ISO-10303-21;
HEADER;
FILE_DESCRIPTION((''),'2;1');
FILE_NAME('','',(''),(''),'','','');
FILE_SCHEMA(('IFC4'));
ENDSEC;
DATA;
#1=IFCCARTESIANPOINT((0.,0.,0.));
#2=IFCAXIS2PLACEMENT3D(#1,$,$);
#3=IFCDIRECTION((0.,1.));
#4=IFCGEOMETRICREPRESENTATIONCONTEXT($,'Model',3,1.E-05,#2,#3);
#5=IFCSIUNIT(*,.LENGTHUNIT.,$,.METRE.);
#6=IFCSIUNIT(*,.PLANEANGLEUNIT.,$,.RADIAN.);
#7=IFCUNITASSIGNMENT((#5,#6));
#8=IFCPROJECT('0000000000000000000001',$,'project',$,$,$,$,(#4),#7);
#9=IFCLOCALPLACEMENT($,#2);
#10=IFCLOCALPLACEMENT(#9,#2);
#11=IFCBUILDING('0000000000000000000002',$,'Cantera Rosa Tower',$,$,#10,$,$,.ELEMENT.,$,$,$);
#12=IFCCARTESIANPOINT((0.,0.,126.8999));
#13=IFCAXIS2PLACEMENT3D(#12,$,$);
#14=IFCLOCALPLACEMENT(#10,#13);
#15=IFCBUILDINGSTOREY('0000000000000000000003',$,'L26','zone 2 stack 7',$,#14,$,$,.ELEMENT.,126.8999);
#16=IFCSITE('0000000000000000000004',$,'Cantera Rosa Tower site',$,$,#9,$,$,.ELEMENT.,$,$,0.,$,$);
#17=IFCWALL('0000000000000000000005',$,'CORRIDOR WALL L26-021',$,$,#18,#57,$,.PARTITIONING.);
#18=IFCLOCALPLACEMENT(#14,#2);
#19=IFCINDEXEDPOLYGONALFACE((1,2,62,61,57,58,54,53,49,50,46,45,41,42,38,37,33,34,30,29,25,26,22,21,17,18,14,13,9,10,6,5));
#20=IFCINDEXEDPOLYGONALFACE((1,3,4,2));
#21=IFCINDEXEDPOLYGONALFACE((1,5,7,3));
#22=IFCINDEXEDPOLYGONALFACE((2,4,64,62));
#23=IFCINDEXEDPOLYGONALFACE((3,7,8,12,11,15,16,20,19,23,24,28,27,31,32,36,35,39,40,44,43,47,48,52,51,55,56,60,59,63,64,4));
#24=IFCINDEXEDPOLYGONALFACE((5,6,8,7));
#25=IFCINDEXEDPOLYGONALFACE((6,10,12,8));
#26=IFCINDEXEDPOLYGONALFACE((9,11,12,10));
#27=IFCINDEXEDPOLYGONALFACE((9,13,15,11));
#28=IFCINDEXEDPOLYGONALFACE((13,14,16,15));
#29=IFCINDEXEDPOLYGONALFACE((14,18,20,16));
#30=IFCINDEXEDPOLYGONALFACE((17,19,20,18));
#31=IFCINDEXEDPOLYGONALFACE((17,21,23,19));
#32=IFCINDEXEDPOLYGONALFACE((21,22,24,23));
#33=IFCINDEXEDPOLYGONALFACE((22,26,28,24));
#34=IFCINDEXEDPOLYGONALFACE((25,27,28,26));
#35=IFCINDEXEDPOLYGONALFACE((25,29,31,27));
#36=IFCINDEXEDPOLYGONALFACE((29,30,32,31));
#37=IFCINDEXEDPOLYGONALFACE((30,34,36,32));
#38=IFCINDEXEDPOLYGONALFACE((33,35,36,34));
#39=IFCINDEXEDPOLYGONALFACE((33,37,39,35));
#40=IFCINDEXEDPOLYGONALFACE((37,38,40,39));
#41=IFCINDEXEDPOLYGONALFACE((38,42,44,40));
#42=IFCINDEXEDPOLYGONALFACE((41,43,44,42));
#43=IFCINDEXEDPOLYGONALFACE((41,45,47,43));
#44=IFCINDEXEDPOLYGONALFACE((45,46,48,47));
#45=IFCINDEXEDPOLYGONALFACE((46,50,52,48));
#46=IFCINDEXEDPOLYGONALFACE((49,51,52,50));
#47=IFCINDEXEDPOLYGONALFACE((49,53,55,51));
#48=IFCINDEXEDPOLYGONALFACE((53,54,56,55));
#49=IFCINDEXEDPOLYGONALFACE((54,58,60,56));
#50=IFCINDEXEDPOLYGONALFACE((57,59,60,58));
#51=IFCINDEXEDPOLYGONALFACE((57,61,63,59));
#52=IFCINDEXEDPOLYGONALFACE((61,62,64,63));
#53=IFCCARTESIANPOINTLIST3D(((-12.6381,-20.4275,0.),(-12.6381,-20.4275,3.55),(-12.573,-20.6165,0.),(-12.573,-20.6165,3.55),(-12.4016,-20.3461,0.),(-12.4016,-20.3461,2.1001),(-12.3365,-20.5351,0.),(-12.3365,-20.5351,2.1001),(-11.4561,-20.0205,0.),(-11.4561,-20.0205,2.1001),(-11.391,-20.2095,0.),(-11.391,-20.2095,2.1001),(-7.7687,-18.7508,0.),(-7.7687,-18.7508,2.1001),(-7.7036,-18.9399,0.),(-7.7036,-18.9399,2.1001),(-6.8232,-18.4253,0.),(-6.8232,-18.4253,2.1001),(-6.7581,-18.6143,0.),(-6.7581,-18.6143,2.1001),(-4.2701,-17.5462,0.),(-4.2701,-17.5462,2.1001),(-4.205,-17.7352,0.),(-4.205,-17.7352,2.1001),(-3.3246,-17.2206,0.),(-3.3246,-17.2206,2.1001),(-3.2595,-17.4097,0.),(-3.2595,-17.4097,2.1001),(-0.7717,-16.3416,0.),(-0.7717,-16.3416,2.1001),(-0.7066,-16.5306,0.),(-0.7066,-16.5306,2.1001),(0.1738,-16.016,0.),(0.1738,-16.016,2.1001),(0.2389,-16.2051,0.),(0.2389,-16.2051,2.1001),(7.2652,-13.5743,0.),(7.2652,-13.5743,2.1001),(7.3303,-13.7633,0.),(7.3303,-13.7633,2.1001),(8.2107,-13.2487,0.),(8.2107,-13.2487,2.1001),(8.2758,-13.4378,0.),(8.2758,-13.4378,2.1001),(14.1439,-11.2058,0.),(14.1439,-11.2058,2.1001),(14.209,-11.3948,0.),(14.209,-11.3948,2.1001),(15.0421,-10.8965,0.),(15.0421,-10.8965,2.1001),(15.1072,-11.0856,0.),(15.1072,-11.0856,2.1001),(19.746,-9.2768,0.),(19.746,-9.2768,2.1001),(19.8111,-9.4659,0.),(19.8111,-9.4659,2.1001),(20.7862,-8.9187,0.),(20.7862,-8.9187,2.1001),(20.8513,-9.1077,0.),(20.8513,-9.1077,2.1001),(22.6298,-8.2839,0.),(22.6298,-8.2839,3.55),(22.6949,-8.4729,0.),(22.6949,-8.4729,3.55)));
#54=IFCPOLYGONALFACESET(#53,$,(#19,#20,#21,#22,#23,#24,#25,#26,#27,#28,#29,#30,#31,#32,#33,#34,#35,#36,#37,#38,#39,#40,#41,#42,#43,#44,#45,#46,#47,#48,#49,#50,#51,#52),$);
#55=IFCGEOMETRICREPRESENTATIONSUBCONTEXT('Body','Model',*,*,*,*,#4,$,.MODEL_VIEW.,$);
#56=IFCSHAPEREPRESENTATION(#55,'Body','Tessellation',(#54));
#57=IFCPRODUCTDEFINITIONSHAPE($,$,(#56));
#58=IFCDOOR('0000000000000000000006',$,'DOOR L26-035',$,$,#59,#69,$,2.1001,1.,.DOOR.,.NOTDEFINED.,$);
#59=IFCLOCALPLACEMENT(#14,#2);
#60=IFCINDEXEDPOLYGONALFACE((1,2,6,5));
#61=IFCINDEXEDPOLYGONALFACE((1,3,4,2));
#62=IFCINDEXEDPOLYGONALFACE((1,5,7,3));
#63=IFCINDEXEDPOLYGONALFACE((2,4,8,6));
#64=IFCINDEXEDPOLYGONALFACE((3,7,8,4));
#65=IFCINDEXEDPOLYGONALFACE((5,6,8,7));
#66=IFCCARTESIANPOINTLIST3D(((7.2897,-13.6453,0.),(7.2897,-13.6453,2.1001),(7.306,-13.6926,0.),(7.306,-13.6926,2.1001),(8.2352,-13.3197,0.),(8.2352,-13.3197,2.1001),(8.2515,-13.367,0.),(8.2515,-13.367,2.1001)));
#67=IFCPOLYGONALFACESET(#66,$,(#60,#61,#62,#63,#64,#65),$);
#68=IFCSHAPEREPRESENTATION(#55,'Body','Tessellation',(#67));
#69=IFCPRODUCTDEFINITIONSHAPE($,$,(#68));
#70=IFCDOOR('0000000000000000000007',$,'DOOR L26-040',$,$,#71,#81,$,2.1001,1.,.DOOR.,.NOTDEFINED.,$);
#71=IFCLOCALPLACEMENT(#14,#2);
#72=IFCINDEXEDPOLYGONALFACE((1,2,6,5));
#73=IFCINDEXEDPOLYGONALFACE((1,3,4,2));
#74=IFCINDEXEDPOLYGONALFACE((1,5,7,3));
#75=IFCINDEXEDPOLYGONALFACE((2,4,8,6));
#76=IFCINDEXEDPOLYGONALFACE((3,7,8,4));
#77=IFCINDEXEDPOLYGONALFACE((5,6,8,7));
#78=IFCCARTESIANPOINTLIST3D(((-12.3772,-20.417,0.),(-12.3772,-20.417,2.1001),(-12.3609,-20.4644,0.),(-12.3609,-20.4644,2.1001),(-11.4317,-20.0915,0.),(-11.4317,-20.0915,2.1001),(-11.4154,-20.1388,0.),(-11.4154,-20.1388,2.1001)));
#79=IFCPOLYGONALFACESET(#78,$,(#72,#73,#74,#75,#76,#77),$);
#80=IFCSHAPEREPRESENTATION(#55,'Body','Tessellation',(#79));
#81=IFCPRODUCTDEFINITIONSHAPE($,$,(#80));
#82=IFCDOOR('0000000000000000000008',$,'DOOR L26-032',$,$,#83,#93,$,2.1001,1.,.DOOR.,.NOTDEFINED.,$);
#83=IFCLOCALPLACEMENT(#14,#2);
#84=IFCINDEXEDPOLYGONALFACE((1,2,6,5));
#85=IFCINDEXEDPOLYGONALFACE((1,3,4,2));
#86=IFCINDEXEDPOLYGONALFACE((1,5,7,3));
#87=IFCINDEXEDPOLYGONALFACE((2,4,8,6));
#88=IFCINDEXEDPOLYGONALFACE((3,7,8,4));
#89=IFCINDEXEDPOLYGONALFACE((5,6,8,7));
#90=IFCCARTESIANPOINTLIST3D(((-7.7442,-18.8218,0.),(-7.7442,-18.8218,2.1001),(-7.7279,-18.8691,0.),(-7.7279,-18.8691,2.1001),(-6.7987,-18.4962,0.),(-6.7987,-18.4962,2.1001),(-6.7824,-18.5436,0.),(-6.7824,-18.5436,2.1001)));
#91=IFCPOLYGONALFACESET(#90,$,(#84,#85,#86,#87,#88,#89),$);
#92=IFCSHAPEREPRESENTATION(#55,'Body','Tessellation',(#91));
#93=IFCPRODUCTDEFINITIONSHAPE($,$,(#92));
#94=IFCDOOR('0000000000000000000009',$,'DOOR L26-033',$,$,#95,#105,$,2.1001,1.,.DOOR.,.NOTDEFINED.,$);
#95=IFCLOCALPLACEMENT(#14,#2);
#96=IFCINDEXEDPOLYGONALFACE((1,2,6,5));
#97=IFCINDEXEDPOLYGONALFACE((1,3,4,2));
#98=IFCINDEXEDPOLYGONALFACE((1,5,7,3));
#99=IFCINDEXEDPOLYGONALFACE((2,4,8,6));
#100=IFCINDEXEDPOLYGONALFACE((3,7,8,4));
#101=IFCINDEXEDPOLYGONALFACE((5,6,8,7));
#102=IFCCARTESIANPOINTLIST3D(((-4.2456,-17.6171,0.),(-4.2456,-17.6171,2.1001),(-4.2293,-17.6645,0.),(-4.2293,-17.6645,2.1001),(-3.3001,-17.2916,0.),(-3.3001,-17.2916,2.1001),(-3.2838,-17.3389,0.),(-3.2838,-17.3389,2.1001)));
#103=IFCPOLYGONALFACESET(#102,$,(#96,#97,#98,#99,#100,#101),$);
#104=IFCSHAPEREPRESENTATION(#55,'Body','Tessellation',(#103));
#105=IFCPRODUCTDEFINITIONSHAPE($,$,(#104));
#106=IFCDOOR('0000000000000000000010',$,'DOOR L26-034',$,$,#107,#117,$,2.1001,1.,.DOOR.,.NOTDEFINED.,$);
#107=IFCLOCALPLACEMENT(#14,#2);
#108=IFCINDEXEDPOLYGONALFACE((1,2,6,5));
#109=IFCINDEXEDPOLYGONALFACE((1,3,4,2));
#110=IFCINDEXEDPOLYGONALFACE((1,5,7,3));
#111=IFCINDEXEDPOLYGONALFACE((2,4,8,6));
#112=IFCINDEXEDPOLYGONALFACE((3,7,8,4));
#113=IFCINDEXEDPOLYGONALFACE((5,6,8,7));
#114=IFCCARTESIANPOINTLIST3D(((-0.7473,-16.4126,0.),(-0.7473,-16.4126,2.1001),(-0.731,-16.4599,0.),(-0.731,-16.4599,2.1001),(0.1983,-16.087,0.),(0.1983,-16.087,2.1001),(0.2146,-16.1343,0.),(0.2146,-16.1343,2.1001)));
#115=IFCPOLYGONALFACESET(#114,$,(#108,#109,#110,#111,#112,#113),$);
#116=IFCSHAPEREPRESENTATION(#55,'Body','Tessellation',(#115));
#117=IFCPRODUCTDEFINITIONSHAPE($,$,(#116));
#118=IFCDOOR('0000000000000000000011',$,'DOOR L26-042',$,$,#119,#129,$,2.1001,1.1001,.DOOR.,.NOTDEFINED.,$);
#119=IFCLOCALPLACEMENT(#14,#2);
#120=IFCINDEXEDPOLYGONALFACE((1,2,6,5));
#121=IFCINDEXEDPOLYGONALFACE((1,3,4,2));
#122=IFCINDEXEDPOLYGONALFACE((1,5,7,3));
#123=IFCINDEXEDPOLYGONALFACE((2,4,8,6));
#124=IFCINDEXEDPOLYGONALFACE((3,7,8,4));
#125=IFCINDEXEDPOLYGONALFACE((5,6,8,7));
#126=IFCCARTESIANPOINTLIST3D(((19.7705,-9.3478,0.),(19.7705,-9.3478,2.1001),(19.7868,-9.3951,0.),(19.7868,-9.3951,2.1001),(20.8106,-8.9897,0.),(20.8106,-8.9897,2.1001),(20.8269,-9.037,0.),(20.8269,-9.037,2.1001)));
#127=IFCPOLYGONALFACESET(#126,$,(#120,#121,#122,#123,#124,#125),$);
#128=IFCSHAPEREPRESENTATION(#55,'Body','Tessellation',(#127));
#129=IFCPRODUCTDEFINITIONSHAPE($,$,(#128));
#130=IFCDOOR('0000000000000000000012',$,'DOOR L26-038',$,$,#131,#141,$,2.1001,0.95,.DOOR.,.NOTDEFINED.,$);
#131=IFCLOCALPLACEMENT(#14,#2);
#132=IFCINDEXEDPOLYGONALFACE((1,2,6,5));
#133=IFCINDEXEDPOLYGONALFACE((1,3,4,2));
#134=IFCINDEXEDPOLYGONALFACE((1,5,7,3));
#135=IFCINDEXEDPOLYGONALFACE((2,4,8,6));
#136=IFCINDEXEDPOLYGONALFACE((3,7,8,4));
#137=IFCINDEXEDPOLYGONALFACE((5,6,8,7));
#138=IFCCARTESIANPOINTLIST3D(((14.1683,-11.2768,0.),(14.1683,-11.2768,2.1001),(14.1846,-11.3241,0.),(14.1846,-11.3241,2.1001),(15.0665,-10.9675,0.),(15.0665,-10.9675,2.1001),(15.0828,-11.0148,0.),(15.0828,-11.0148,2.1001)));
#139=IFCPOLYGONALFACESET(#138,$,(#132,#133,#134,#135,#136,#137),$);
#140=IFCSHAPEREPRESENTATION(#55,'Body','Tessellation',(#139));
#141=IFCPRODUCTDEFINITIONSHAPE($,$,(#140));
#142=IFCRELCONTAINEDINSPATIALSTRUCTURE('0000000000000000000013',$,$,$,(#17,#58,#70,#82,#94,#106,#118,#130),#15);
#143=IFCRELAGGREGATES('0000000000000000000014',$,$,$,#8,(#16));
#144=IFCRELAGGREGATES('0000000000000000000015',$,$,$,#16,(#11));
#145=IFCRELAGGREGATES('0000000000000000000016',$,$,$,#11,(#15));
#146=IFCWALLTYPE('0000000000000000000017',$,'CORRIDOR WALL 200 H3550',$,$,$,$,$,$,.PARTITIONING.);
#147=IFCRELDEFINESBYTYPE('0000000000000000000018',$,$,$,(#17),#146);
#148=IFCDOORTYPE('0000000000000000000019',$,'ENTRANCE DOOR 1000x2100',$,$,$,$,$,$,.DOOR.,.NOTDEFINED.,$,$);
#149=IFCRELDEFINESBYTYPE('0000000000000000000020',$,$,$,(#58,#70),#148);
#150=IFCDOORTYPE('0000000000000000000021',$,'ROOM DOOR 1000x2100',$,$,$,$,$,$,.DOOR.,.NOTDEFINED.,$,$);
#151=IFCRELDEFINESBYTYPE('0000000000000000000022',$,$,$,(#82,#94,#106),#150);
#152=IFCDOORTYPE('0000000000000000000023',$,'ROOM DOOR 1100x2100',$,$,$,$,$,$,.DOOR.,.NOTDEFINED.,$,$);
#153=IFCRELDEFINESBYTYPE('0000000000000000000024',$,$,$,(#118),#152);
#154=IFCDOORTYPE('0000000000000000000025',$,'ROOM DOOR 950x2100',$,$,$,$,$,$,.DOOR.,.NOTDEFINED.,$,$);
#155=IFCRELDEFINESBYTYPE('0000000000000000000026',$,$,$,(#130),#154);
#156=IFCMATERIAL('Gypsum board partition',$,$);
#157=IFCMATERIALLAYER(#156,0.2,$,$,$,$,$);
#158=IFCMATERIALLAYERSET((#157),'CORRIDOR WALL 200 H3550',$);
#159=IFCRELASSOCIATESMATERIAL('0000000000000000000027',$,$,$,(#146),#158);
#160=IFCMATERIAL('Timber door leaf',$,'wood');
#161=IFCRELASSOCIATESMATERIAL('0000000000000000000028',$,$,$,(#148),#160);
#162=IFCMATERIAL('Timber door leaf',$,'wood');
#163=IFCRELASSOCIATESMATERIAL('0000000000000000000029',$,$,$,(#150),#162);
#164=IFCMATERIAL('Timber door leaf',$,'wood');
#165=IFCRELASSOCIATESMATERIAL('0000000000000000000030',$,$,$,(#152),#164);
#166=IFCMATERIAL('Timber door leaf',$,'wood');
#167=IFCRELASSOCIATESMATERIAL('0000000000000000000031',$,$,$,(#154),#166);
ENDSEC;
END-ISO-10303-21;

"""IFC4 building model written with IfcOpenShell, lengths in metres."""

from ifc_helpers import new_model, si_unit, direction, frame, frame_2d, origin, place, context, subcontext, project, spatial, rectangle, extrude, material, layer, layer_set, type_object, element, fill, save


model = new_model("IFC4")

# Units and contexts
model_context = context("Model", 3, precision=1e-05, world=origin(), true_north=direction((0.0, 1.0)))
body_context = subcontext(model_context, "Body", "Model", "MODEL_VIEW")
ifc_project = project(units=[si_unit("LENGTHUNIT", "METRE"), si_unit("PLANEANGLEUNIT", "RADIAN")], contexts=[model_context])

# Site, building, storey
site_placement = place(None, origin())
site = spatial("IfcSite", under=ifc_project, at=site_placement, Name="Cantera Rosa Tower site", CompositionType="ELEMENT", RefElevation=0.0)
building_placement = place(site_placement, origin())
building = spatial("IfcBuilding", under=site, at=building_placement, Name="Cantera Rosa Tower", CompositionType="ELEMENT")
storey_placement = place(building_placement, frame((0.0, 0.0, 126.8999)))
storey = spatial("IfcBuildingStorey", under=building, at=storey_placement, Name="L26", Description="zone 2 stack 7", CompositionType="ELEMENT", Elevation=126.8999)

# Wall, openings, doors
ifc_material_1 = material(Name="Gypsum board partition")
ifc_layer_1 = layer(ifc_material_1, 0.2)
ifc_layer_set_1 = layer_set([ifc_layer_1], Name="CORRIDOR WALL 200 H3550")
wall_type_1 = type_object("IfcWallType", Name="CORRIDOR WALL 200 H3550", PredefinedType="PARTITIONING", material=ifc_layer_set_1)
wall_1_placement = place(storey_placement, frame((-12.6055, -20.522, 0.0), z_axis=(0.0, 0.0, 1.0), x_axis=(0.94552, 0.325565, 0.0)))
wall_1 = element("IfcWall", 1, at=wall_1_placement, inside=storey, type_object=wall_type_1, Name="CORRIDOR WALL L26-021", PredefinedType="PARTITIONING", context=body_context, shape_type="SweptSolid", body=[
    extrude(rectangle(XDim=37.3, YDim=0.2, at=frame_2d((18.6499, 0.0))), origin(), (0.0, 0.0, 1.0), 3.55),
])
opening_1_placement = place(wall_1_placement, frame((5.1499, 0.0, 0.0)))
opening_1 = element("IfcOpeningElement", 2, at=opening_1_placement, cuts=wall_1, PredefinedType="OPENING", context=body_context, shape_type="SweptSolid", body=[
    extrude(rectangle(XDim=1.0, YDim=2.1001, at=frame_2d((0.5, 1.05))), frame((0.0, 0.1099, 0.0), z_axis=(0.0, -1.0, 0.0), x_axis=(1.0, 0.0, 0.0)), (0.0, 0.0, 1.0), 0.22),
])
opening_2_placement = place(wall_1_placement, frame((8.8501, 0.0, 0.0)))
opening_2 = element("IfcOpeningElement", 3, at=opening_2_placement, cuts=wall_1, PredefinedType="OPENING", context=body_context, shape_type="SweptSolid", body=[
    extrude(rectangle(XDim=1.0, YDim=2.1001, at=frame_2d((0.5, 1.05))), frame((0.0, 0.1099, 0.0), z_axis=(0.0, -1.0, 0.0), x_axis=(1.0, 0.0, 0.0)), (0.0, 0.0, 1.0), 0.22),
])
opening_3_placement = place(wall_1_placement, frame((12.55, 0.0, 0.0)))
opening_3 = element("IfcOpeningElement", 4, at=opening_3_placement, cuts=wall_1, PredefinedType="OPENING", context=body_context, shape_type="SweptSolid", body=[
    extrude(rectangle(XDim=1.0, YDim=2.1001, at=frame_2d((0.5, 1.05))), frame((0.0, 0.1099, 0.0), z_axis=(0.0, -1.0, 0.0), x_axis=(1.0, 0.0, 0.0)), (0.0, 0.0, 1.0), 0.22),
])
opening_4_placement = place(wall_1_placement, frame((21.05, 0.0, 0.0)))
opening_4 = element("IfcOpeningElement", 5, at=opening_4_placement, cuts=wall_1, PredefinedType="OPENING", context=body_context, shape_type="SweptSolid", body=[
    extrude(rectangle(XDim=1.0, YDim=2.1001, at=frame_2d((0.5, 1.05))), frame((0.0, 0.1099, 0.0), z_axis=(0.0, -1.0, 0.0), x_axis=(1.0, 0.0, 0.0)), (0.0, 0.0, 1.0), 0.22),
])
opening_5_placement = place(wall_1_placement, frame((28.325, 0.0, 0.0)))
opening_5 = element("IfcOpeningElement", 6, at=opening_5_placement, cuts=wall_1, PredefinedType="OPENING", context=body_context, shape_type="SweptSolid", body=[
    extrude(rectangle(XDim=0.95, YDim=2.1001, at=frame_2d((0.4751, 1.05))), frame((0.0, 0.1099, 0.0), z_axis=(0.0, -1.0, 0.0), x_axis=(1.0, 0.0, 0.0)), (0.0, 0.0, 1.0), 0.22),
])
opening_6_placement = place(wall_1_placement, frame((0.25, 0.0, 0.0)))
opening_6 = element("IfcOpeningElement", 7, at=opening_6_placement, cuts=wall_1, PredefinedType="OPENING", context=body_context, shape_type="SweptSolid", body=[
    extrude(rectangle(XDim=1.0, YDim=2.1001, at=frame_2d((0.5, 1.05))), frame((0.0, 0.1099, 0.0), z_axis=(0.0, -1.0, 0.0), x_axis=(1.0, 0.0, 0.0)), (0.0, 0.0, 1.0), 0.22),
])
opening_7_placement = place(wall_1_placement, frame((34.25, 0.0, 0.0)))
opening_7 = element("IfcOpeningElement", 8, at=opening_7_placement, cuts=wall_1, PredefinedType="OPENING", context=body_context, shape_type="SweptSolid", body=[
    extrude(rectangle(XDim=1.1001, YDim=2.1001, at=frame_2d((0.55, 1.05))), frame((0.0, 0.1099, 0.0), z_axis=(0.0, -1.0, 0.0), x_axis=(1.0, 0.0, 0.0)), (0.0, 0.0, 1.0), 0.22),
])
ifc_material_2 = material(Name="Timber door leaf", Category="wood")
door_type_1 = type_object("IfcDoorType", Name="ENTRANCE DOOR 1000x2100", OperationType="NOTDEFINED", PredefinedType="DOOR", material=ifc_material_2)
door_1_placement = place(opening_4_placement, origin())
door_1 = element("IfcDoor", 9, at=door_1_placement, inside=storey, type_object=door_type_1, Name="DOOR L26-035", OperationType="NOTDEFINED", OverallHeight=2.1001, OverallWidth=1.0, PredefinedType="DOOR", context=body_context, shape_type="SweptSolid", body=[
    extrude(rectangle(XDim=1.0, YDim=2.1001, at=frame_2d((0.5, 1.05))), frame((0.0, 0.0249, 0.0), z_axis=(0.0, -1.0, 0.0), x_axis=(1.0, 0.0, 0.0)), (0.0, 0.0, 1.0), 0.05),
])
fill(opening_4, door_1)
door_2_placement = place(opening_6_placement, origin())
door_2 = element("IfcDoor", 10, at=door_2_placement, inside=storey, type_object=door_type_1, Name="DOOR L26-040", OperationType="NOTDEFINED", OverallHeight=2.1001, OverallWidth=1.0, PredefinedType="DOOR", context=body_context, shape_type="SweptSolid", body=[
    extrude(rectangle(XDim=1.0, YDim=2.1001, at=frame_2d((0.5, 1.05))), frame((0.0, 0.0249, 0.0), z_axis=(0.0, -1.0, 0.0), x_axis=(1.0, 0.0, 0.0)), (0.0, 0.0, 1.0), 0.05),
])
fill(opening_6, door_2)
ifc_material_3 = material(Name="Timber door leaf", Category="wood")
door_type_2 = type_object("IfcDoorType", Name="ROOM DOOR 1000x2100", OperationType="NOTDEFINED", PredefinedType="DOOR", material=ifc_material_3)
door_3_placement = place(opening_1_placement, origin())
door_3 = element("IfcDoor", 11, at=door_3_placement, inside=storey, type_object=door_type_2, Name="DOOR L26-032", OperationType="NOTDEFINED", OverallHeight=2.1001, OverallWidth=1.0, PredefinedType="DOOR", context=body_context, shape_type="SweptSolid", body=[
    extrude(rectangle(XDim=1.0, YDim=2.1001, at=frame_2d((0.5, 1.05))), frame((0.0, 0.0249, 0.0), z_axis=(0.0, -1.0, 0.0), x_axis=(1.0, 0.0, 0.0)), (0.0, 0.0, 1.0), 0.05),
])
fill(opening_1, door_3)
door_4_placement = place(opening_2_placement, origin())
door_4 = element("IfcDoor", 12, at=door_4_placement, inside=storey, type_object=door_type_2, Name="DOOR L26-033", OperationType="NOTDEFINED", OverallHeight=2.1001, OverallWidth=1.0, PredefinedType="DOOR", context=body_context, shape_type="SweptSolid", body=[
    extrude(rectangle(XDim=1.0, YDim=2.1001, at=frame_2d((0.5, 1.05))), frame((0.0, 0.0249, 0.0), z_axis=(0.0, -1.0, 0.0), x_axis=(1.0, 0.0, 0.0)), (0.0, 0.0, 1.0), 0.05),
])
fill(opening_2, door_4)
door_5_placement = place(opening_3_placement, origin())
door_5 = element("IfcDoor", 13, at=door_5_placement, inside=storey, type_object=door_type_2, Name="DOOR L26-034", OperationType="NOTDEFINED", OverallHeight=2.1001, OverallWidth=1.0, PredefinedType="DOOR", context=body_context, shape_type="SweptSolid", body=[
    extrude(rectangle(XDim=1.0, YDim=2.1001, at=frame_2d((0.5, 1.05))), frame((0.0, 0.0249, 0.0), z_axis=(0.0, -1.0, 0.0), x_axis=(1.0, 0.0, 0.0)), (0.0, 0.0, 1.0), 0.05),
])
fill(opening_3, door_5)
ifc_material_4 = material(Name="Timber door leaf", Category="wood")
door_type_3 = type_object("IfcDoorType", Name="ROOM DOOR 1100x2100", OperationType="NOTDEFINED", PredefinedType="DOOR", material=ifc_material_4)
door_6_placement = place(opening_7_placement, origin())
door_6 = element("IfcDoor", 14, at=door_6_placement, inside=storey, type_object=door_type_3, Name="DOOR L26-042", OperationType="NOTDEFINED", OverallHeight=2.1001, OverallWidth=1.1001, PredefinedType="DOOR", context=body_context, shape_type="SweptSolid", body=[
    extrude(rectangle(XDim=1.1001, YDim=2.1001, at=frame_2d((0.55, 1.05))), frame((0.0, 0.0249, 0.0), z_axis=(0.0, -1.0, 0.0), x_axis=(1.0, 0.0, 0.0)), (0.0, 0.0, 1.0), 0.05),
])
fill(opening_7, door_6)
ifc_material_5 = material(Name="Timber door leaf", Category="wood")
door_type_4 = type_object("IfcDoorType", Name="ROOM DOOR 950x2100", OperationType="NOTDEFINED", PredefinedType="DOOR", material=ifc_material_5)
door_7_placement = place(opening_5_placement, origin())
door_7 = element("IfcDoor", 15, at=door_7_placement, inside=storey, type_object=door_type_4, Name="DOOR L26-038", OperationType="NOTDEFINED", OverallHeight=2.1001, OverallWidth=0.95, PredefinedType="DOOR", context=body_context, shape_type="SweptSolid", body=[
    extrude(rectangle(XDim=0.95, YDim=2.1001, at=frame_2d((0.4751, 1.05))), frame((0.0, 0.0249, 0.0), z_axis=(0.0, -1.0, 0.0), x_axis=(1.0, 0.0, 0.0)), (0.0, 0.0, 1.0), 0.05),
])
fill(opening_5, door_7)

save(model, "model.ifc")
